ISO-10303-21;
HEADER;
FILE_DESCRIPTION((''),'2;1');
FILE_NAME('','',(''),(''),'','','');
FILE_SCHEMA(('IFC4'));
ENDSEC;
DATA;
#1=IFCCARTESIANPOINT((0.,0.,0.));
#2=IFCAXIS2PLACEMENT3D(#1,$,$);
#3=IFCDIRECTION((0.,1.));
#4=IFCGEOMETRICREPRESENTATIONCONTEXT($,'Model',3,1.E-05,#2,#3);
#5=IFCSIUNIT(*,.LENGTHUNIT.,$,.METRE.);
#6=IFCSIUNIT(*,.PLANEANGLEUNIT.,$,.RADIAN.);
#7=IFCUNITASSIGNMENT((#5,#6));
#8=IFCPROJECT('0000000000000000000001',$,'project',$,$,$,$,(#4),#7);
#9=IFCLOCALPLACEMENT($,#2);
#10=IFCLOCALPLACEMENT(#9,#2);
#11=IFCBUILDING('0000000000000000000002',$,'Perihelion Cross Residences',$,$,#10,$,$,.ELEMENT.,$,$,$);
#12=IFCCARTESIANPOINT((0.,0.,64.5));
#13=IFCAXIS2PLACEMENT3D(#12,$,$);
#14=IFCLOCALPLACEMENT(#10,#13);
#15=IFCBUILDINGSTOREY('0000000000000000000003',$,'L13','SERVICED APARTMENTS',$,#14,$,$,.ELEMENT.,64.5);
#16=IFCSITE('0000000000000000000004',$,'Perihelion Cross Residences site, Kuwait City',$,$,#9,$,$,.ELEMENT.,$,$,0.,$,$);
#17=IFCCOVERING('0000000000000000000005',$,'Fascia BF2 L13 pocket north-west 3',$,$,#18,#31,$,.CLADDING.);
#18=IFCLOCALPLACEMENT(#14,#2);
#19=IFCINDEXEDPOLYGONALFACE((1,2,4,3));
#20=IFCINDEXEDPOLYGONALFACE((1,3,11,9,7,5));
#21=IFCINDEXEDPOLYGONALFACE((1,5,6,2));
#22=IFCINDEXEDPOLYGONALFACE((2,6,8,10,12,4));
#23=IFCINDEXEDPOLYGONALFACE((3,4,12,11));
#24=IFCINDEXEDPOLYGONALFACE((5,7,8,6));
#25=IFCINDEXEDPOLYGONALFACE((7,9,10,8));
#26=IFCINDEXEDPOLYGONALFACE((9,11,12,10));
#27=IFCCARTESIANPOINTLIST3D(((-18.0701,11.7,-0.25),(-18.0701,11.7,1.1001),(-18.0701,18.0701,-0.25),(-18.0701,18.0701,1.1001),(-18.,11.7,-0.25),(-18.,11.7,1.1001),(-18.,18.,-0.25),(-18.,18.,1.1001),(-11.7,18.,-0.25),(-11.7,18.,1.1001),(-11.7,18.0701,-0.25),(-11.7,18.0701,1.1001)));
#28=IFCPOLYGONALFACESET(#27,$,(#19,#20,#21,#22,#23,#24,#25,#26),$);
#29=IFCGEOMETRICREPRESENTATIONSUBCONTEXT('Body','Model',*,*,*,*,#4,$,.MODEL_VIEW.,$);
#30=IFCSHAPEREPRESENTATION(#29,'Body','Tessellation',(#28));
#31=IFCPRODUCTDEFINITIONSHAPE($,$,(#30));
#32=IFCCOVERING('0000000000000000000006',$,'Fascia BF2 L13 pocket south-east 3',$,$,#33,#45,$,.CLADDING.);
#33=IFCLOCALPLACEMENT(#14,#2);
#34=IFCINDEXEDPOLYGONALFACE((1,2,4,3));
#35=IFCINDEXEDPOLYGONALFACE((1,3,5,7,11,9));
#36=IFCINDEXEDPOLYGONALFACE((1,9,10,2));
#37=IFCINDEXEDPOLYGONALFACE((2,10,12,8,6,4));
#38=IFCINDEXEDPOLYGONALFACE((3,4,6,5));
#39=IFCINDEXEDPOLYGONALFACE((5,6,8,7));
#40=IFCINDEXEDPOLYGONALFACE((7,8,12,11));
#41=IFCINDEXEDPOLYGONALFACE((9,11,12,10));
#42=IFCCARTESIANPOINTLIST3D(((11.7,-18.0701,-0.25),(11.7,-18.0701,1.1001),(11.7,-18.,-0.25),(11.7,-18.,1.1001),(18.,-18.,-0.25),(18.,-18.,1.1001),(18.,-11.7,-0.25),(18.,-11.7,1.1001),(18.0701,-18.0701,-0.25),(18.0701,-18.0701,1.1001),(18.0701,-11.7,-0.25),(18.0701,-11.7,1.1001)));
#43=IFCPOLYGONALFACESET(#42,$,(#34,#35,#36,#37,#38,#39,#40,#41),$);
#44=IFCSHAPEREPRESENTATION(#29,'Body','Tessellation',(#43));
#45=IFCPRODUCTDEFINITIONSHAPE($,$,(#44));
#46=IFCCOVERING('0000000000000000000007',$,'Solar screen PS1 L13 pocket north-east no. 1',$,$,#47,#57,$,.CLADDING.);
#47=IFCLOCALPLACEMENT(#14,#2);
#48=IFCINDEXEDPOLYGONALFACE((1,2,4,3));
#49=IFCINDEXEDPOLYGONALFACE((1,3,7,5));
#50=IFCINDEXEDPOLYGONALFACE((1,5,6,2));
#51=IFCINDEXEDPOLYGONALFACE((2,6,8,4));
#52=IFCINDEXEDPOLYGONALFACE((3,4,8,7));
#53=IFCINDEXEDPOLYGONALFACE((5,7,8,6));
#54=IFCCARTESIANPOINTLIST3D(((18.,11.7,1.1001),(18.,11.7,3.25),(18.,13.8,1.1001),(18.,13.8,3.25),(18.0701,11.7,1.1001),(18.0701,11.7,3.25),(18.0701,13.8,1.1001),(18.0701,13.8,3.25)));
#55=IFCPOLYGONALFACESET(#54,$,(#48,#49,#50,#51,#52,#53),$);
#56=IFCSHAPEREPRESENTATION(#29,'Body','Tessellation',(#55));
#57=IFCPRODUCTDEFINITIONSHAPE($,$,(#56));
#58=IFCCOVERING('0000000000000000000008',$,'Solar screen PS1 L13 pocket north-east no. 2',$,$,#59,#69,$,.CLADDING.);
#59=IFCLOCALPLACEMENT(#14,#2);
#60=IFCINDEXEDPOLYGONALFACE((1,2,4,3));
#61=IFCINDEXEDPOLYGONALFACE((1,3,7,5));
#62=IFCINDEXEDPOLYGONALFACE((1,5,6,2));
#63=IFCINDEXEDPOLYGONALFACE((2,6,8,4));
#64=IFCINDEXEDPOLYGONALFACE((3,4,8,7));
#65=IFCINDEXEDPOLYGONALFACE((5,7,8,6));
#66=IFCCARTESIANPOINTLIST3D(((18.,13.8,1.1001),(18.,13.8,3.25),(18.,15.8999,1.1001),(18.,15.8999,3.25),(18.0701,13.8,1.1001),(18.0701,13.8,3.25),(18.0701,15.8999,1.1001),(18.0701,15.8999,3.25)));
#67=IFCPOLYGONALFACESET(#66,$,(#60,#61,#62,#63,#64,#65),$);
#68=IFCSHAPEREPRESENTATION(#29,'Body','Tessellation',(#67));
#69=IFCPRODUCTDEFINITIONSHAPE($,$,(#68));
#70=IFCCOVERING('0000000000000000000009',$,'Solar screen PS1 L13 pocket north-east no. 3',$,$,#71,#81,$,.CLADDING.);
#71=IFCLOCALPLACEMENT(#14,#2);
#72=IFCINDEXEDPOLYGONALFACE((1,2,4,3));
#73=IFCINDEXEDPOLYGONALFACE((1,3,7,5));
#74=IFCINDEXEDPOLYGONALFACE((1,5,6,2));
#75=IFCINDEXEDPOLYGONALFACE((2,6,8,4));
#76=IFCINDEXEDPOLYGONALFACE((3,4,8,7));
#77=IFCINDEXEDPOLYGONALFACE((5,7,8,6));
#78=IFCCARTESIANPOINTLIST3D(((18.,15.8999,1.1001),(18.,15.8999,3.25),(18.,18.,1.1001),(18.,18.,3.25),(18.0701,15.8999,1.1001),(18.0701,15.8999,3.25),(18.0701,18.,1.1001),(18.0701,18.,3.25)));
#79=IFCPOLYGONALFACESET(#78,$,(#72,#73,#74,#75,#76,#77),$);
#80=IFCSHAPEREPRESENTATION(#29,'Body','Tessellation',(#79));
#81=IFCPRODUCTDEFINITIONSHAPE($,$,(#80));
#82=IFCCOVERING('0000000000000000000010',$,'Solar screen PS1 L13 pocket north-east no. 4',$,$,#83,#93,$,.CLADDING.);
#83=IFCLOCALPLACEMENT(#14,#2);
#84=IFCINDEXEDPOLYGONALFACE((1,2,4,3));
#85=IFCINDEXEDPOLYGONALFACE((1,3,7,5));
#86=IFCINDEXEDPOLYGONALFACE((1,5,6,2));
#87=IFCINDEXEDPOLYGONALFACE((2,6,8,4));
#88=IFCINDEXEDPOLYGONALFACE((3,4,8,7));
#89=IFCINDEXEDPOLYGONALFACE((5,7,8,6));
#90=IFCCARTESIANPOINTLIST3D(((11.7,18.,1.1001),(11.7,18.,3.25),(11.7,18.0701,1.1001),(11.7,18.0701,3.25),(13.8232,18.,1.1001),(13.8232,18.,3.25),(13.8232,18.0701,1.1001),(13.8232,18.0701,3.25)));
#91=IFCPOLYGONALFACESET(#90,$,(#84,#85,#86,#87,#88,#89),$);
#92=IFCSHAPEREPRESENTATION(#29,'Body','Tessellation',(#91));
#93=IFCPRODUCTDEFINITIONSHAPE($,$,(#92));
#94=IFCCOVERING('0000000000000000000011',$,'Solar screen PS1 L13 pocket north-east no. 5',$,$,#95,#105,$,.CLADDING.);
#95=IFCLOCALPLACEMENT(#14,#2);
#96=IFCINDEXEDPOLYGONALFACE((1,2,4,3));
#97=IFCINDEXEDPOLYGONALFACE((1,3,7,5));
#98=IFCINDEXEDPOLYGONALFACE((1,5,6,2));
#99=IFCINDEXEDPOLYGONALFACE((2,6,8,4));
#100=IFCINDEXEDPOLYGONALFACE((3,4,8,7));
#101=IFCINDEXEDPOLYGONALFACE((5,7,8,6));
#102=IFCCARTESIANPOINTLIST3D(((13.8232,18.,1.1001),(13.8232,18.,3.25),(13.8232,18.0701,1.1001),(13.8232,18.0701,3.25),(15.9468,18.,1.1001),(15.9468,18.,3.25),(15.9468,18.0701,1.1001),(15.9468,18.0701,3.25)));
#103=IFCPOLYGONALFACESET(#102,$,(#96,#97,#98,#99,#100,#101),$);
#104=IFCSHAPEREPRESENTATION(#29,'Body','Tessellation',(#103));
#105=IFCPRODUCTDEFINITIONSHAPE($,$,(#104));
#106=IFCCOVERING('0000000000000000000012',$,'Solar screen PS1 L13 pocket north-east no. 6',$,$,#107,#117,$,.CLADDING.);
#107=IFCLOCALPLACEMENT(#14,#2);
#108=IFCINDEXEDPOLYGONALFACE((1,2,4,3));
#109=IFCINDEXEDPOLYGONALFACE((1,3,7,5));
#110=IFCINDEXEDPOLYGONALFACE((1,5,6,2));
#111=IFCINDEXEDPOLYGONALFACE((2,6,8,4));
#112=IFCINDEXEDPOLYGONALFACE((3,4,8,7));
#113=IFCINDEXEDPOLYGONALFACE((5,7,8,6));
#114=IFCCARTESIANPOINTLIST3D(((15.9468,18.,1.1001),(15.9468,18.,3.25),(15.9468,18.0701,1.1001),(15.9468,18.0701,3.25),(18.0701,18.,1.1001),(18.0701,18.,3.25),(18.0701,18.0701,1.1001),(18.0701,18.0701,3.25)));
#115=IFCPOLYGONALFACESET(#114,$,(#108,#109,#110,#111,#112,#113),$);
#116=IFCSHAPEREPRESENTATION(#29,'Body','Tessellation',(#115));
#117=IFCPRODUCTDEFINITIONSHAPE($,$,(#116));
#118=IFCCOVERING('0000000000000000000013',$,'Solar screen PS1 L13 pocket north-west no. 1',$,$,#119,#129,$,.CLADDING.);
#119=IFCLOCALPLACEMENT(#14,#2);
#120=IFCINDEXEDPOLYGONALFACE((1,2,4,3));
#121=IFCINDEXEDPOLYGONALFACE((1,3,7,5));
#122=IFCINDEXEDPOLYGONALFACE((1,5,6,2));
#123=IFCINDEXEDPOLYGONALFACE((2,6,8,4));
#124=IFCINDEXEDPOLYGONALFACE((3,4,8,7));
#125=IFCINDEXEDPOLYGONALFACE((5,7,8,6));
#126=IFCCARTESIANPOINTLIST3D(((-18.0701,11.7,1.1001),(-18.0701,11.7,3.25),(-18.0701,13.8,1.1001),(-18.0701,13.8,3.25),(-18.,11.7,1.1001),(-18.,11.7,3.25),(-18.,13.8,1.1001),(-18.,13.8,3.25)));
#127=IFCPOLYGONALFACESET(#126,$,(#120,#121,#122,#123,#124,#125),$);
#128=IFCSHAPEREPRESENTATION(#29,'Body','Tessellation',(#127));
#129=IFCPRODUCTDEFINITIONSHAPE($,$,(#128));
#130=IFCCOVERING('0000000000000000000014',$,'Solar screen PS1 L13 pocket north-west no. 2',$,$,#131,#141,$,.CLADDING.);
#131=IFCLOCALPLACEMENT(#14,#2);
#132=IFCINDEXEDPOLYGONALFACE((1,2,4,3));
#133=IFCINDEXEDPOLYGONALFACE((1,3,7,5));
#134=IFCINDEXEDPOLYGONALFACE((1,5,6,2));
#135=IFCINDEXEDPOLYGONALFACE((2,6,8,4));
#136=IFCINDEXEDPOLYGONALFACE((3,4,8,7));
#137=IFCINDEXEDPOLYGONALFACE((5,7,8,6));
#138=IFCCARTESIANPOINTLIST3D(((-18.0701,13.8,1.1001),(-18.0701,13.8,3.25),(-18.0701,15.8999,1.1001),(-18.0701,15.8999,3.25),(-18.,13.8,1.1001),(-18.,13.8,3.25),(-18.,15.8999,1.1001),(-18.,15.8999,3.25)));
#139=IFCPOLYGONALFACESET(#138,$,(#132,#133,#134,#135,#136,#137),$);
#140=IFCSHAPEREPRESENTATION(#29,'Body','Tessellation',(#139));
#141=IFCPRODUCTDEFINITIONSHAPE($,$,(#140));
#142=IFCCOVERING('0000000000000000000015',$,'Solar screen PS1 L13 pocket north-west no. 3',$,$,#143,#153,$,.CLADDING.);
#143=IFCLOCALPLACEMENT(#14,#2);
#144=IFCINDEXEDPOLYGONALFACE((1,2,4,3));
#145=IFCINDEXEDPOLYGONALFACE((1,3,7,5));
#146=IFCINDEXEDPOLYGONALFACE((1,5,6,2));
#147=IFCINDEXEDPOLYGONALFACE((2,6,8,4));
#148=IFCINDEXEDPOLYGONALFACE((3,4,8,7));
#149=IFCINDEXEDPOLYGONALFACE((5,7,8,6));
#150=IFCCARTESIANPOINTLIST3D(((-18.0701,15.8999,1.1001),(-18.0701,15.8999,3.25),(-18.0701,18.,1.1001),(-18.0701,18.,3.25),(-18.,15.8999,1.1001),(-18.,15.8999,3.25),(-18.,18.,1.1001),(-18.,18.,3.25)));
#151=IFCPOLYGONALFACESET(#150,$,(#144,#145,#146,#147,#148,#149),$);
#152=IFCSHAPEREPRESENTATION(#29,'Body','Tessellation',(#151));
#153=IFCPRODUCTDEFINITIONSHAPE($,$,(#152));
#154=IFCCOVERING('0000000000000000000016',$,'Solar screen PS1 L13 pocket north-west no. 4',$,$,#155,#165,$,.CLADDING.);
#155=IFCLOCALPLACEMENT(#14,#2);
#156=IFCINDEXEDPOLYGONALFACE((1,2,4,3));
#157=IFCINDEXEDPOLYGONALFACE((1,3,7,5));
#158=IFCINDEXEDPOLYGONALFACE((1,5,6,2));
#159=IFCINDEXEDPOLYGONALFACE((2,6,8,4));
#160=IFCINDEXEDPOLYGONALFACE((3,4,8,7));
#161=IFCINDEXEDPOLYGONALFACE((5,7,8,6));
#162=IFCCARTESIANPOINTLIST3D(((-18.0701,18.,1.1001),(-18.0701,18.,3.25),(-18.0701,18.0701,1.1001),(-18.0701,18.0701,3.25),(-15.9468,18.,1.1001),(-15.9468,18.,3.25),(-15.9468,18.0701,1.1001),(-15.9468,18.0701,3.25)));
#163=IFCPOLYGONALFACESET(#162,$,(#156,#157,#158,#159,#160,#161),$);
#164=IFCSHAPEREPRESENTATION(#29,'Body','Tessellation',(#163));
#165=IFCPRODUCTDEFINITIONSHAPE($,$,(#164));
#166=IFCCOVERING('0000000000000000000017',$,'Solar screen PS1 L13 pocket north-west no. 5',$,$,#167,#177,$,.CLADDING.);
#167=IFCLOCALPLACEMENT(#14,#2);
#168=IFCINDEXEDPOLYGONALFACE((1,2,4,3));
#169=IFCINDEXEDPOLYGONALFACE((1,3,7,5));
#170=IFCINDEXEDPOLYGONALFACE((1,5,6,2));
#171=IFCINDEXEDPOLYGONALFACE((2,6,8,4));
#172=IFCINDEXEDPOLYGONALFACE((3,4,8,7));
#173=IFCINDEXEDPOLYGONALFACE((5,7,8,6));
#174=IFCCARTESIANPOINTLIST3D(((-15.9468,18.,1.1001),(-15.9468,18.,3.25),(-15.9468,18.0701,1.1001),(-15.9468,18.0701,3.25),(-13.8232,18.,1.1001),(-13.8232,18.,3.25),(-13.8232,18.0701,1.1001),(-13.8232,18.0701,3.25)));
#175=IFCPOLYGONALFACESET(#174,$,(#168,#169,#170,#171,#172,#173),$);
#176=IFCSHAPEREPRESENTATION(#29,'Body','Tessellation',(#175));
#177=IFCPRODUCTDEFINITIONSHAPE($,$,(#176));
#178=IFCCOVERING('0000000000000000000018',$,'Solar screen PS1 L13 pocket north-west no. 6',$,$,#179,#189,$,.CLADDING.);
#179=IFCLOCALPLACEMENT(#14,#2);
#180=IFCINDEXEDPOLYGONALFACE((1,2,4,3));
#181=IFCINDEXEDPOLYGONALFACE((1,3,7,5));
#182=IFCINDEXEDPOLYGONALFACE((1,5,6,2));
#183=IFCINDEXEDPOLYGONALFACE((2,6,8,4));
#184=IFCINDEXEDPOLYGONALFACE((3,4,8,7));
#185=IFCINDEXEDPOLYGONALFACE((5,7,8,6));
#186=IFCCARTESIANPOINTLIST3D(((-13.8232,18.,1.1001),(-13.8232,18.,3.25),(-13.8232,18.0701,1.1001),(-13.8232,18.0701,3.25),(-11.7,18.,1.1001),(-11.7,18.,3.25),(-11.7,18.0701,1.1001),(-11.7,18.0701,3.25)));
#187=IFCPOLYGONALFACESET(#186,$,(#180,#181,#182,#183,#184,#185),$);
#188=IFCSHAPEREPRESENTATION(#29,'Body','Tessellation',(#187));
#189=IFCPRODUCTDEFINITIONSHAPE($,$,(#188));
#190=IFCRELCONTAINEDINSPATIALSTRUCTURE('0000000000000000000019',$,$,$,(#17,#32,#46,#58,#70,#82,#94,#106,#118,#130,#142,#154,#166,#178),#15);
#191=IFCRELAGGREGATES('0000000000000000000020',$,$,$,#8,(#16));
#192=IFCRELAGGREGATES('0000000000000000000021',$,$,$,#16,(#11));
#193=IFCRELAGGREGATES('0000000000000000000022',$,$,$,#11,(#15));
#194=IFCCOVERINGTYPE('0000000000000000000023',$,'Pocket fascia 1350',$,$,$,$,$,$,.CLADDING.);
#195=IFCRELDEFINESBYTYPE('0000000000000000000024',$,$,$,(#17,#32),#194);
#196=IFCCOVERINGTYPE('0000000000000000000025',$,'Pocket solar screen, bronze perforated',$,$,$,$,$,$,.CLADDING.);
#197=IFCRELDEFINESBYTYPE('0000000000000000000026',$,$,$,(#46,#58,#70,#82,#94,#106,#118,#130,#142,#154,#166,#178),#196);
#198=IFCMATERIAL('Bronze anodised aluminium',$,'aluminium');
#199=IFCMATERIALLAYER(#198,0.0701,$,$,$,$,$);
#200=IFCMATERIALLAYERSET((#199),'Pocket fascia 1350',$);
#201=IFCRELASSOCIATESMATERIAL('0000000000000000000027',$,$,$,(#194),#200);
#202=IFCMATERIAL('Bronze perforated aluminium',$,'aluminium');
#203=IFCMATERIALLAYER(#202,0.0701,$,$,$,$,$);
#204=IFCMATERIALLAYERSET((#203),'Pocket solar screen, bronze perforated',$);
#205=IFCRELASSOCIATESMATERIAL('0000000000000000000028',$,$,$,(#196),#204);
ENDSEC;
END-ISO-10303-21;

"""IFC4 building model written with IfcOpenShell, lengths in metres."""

from ifc_helpers import new_model, si_unit, direction, frame, origin, place, context, subcontext, project, spatial, polyline, outline, extrude, material, layer, layer_set, type_object, element, save


model = new_model("IFC4")

# Units and contexts
model_context = context("Model", 3, precision=1e-05, world=origin(), true_north=direction((0.0, 1.0)))
body_context = subcontext(model_context, "Body", "Model", "MODEL_VIEW")
ifc_project = project(units=[si_unit("LENGTHUNIT", "METRE"), si_unit("PLANEANGLEUNIT", "RADIAN")], contexts=[model_context])

# Site, building, storey
site_placement = place(None, origin())
site = spatial("IfcSite", under=ifc_project, at=site_placement, Name="Perihelion Cross Residences site, Kuwait City", CompositionType="ELEMENT", RefElevation=0.0)
building_placement = place(site_placement, origin())
building = spatial("IfcBuilding", under=site, at=building_placement, Name="Perihelion Cross Residences", CompositionType="ELEMENT")
storey_placement = place(building_placement, frame((0.0, 0.0, 64.5)))
storey = spatial("IfcBuildingStorey", under=building, at=storey_placement, Name="L13", Description="SERVICED APARTMENTS", CompositionType="ELEMENT", Elevation=64.5)

# Coverings
ifc_material_1 = material(Name="Bronze anodised aluminium", Category="aluminium")
ifc_layer_1 = layer(ifc_material_1, 0.0701)
ifc_layer_set_1 = layer_set([ifc_layer_1], Name="Pocket fascia 1350")
covering_type_1 = type_object("IfcCoveringType", Name="Pocket fascia 1350", PredefinedType="CLADDING", material=ifc_layer_set_1)
covering_1_placement = place(storey_placement, frame((0.0, 0.0, -0.25)))
element("IfcCovering", 1, at=covering_1_placement, inside=storey, type_object=covering_type_1, Name="Fascia BF2 L13 pocket north-west 3", PredefinedType="CLADDING", context=body_context, shape_type="SweptSolid", body=[
    extrude(outline(polyline([(-18.0701, 18.0701), (-18.0701, 11.7), (-18.0, 11.7), (-18.0, 18.0), (-11.7, 18.0), (-11.7, 18.0701), (-18.0701, 18.0701)])), origin(), (0.0, 0.0, 1.0), 1.3501),
])
covering_2_placement = place(storey_placement, frame((0.0, 0.0, -0.25)))
element("IfcCovering", 2, at=covering_2_placement, inside=storey, type_object=covering_type_1, Name="Fascia BF2 L13 pocket south-east 3", PredefinedType="CLADDING", context=body_context, shape_type="SweptSolid", body=[
    extrude(outline(polyline([(18.0701, -18.0701), (18.0701, -11.7), (18.0, -11.7), (18.0, -18.0), (11.7, -18.0), (11.7, -18.0701), (18.0701, -18.0701)])), origin(), (0.0, 0.0, 1.0), 1.3501),
])
ifc_material_2 = material(Name="Bronze perforated aluminium", Category="aluminium")
ifc_layer_2 = layer(ifc_material_2, 0.0701)
ifc_layer_set_2 = layer_set([ifc_layer_2], Name="Pocket solar screen, bronze perforated")
covering_type_2 = type_object("IfcCoveringType", Name="Pocket solar screen, bronze perforated", PredefinedType="CLADDING", material=ifc_layer_set_2)
covering_3_placement = place(storey_placement, frame((0.0, 0.0, 1.1001)))
element("IfcCovering", 3, at=covering_3_placement, inside=storey, type_object=covering_type_2, Name="Solar screen PS1 L13 pocket north-east no. 1", PredefinedType="CLADDING", context=body_context, shape_type="SweptSolid", body=[
    extrude(outline(polyline([(18.0701, 11.7), (18.0701, 13.8), (18.0, 13.8), (18.0, 11.7), (18.0701, 11.7)])), origin(), (0.0, 0.0, 1.0), 2.1499),
])
covering_4_placement = place(storey_placement, frame((0.0, 0.0, 1.1001)))
element("IfcCovering", 4, at=covering_4_placement, inside=storey, type_object=covering_type_2, Name="Solar screen PS1 L13 pocket north-east no. 2", PredefinedType="CLADDING", context=body_context, shape_type="SweptSolid", body=[
    extrude(outline(polyline([(18.0701, 13.8), (18.0701, 15.8999), (18.0, 15.8999), (18.0, 13.8), (18.0701, 13.8)])), origin(), (0.0, 0.0, 1.0), 2.1499),
])
covering_5_placement = place(storey_placement, frame((0.0, 0.0, 1.1001)))
element("IfcCovering", 5, at=covering_5_placement, inside=storey, type_object=covering_type_2, Name="Solar screen PS1 L13 pocket north-east no. 3", PredefinedType="CLADDING", context=body_context, shape_type="SweptSolid", body=[
    extrude(outline(polyline([(18.0701, 15.8999), (18.0701, 18.0), (18.0, 18.0), (18.0, 15.8999), (18.0701, 15.8999)])), origin(), (0.0, 0.0, 1.0), 2.1499),
])
covering_6_placement = place(storey_placement, frame((0.0, 0.0, 1.1001)))
element("IfcCovering", 6, at=covering_6_placement, inside=storey, type_object=covering_type_2, Name="Solar screen PS1 L13 pocket north-east no. 4", PredefinedType="CLADDING", context=body_context, shape_type="SweptSolid", body=[
    extrude(outline(polyline([(13.8232, 18.0), (13.8232, 18.0701), (11.7, 18.0701), (11.7, 18.0), (13.8232, 18.0)])), origin(), (0.0, 0.0, 1.0), 2.1499),
])
covering_7_placement = place(storey_placement, frame((0.0, 0.0, 1.1001)))
element("IfcCovering", 7, at=covering_7_placement, inside=storey, type_object=covering_type_2, Name="Solar screen PS1 L13 pocket north-east no. 5", PredefinedType="CLADDING", context=body_context, shape_type="SweptSolid", body=[
    extrude(outline(polyline([(15.9468, 18.0), (15.9468, 18.0701), (13.8232, 18.0701), (13.8232, 18.0), (15.9468, 18.0)])), origin(), (0.0, 0.0, 1.0), 2.1499),
])
covering_8_placement = place(storey_placement, frame((0.0, 0.0, 1.1001)))
element("IfcCovering", 8, at=covering_8_placement, inside=storey, type_object=covering_type_2, Name="Solar screen PS1 L13 pocket north-east no. 6", PredefinedType="CLADDING", context=body_context, shape_type="SweptSolid", body=[
    extrude(outline(polyline([(18.0701, 18.0), (18.0701, 18.0701), (15.9468, 18.0701), (15.9468, 18.0), (18.0701, 18.0)])), origin(), (0.0, 0.0, 1.0), 2.1499),
])
covering_9_placement = place(storey_placement, frame((0.0, 0.0, 1.1001)))
element("IfcCovering", 9, at=covering_9_placement, inside=storey, type_object=covering_type_2, Name="Solar screen PS1 L13 pocket north-west no. 1", PredefinedType="CLADDING", context=body_context, shape_type="SweptSolid", body=[
    extrude(outline(polyline([(-18.0, 11.7), (-18.0, 13.8), (-18.0701, 13.8), (-18.0701, 11.7), (-18.0, 11.7)])), origin(), (0.0, 0.0, 1.0), 2.1499),
])
covering_10_placement = place(storey_placement, frame((0.0, 0.0, 1.1001)))
element("IfcCovering", 10, at=covering_10_placement, inside=storey, type_object=covering_type_2, Name="Solar screen PS1 L13 pocket north-west no. 2", PredefinedType="CLADDING", context=body_context, shape_type="SweptSolid", body=[
    extrude(outline(polyline([(-18.0, 13.8), (-18.0, 15.8999), (-18.0701, 15.8999), (-18.0701, 13.8), (-18.0, 13.8)])), origin(), (0.0, 0.0, 1.0), 2.1499),
])
covering_11_placement = place(storey_placement, frame((0.0, 0.0, 1.1001)))
element("IfcCovering", 11, at=covering_11_placement, inside=storey, type_object=covering_type_2, Name="Solar screen PS1 L13 pocket north-west no. 3", PredefinedType="CLADDING", context=body_context, shape_type="SweptSolid", body=[
    extrude(outline(polyline([(-18.0, 15.8999), (-18.0, 18.0), (-18.0701, 18.0), (-18.0701, 15.8999), (-18.0, 15.8999)])), origin(), (0.0, 0.0, 1.0), 2.1499),
])
covering_12_placement = place(storey_placement, frame((0.0, 0.0, 1.1001)))
element("IfcCovering", 12, at=covering_12_placement, inside=storey, type_object=covering_type_2, Name="Solar screen PS1 L13 pocket north-west no. 4", PredefinedType="CLADDING", context=body_context, shape_type="SweptSolid", body=[
    extrude(outline(polyline([(-15.9468, 18.0), (-15.9468, 18.0701), (-18.0701, 18.0701), (-18.0701, 18.0), (-15.9468, 18.0)])), origin(), (0.0, 0.0, 1.0), 2.1499),
])
covering_13_placement = place(storey_placement, frame((0.0, 0.0, 1.1001)))
element("IfcCovering", 13, at=covering_13_placement, inside=storey, type_object=covering_type_2, Name="Solar screen PS1 L13 pocket north-west no. 5", PredefinedType="CLADDING", context=body_context, shape_type="SweptSolid", body=[
    extrude(outline(polyline([(-13.8232, 18.0), (-13.8232, 18.0701), (-15.9468, 18.0701), (-15.9468, 18.0), (-13.8232, 18.0)])), origin(), (0.0, 0.0, 1.0), 2.1499),
])
covering_14_placement = place(storey_placement, frame((0.0, 0.0, 1.1001)))
element("IfcCovering", 14, at=covering_14_placement, inside=storey, type_object=covering_type_2, Name="Solar screen PS1 L13 pocket north-west no. 6", PredefinedType="CLADDING", context=body_context, shape_type="SweptSolid", body=[
    extrude(outline(polyline([(-11.7, 18.0), (-11.7, 18.0701), (-13.8232, 18.0701), (-13.8232, 18.0), (-11.7, 18.0)])), origin(), (0.0, 0.0, 1.0), 2.1499),
])

save(model, "model.ifc")
